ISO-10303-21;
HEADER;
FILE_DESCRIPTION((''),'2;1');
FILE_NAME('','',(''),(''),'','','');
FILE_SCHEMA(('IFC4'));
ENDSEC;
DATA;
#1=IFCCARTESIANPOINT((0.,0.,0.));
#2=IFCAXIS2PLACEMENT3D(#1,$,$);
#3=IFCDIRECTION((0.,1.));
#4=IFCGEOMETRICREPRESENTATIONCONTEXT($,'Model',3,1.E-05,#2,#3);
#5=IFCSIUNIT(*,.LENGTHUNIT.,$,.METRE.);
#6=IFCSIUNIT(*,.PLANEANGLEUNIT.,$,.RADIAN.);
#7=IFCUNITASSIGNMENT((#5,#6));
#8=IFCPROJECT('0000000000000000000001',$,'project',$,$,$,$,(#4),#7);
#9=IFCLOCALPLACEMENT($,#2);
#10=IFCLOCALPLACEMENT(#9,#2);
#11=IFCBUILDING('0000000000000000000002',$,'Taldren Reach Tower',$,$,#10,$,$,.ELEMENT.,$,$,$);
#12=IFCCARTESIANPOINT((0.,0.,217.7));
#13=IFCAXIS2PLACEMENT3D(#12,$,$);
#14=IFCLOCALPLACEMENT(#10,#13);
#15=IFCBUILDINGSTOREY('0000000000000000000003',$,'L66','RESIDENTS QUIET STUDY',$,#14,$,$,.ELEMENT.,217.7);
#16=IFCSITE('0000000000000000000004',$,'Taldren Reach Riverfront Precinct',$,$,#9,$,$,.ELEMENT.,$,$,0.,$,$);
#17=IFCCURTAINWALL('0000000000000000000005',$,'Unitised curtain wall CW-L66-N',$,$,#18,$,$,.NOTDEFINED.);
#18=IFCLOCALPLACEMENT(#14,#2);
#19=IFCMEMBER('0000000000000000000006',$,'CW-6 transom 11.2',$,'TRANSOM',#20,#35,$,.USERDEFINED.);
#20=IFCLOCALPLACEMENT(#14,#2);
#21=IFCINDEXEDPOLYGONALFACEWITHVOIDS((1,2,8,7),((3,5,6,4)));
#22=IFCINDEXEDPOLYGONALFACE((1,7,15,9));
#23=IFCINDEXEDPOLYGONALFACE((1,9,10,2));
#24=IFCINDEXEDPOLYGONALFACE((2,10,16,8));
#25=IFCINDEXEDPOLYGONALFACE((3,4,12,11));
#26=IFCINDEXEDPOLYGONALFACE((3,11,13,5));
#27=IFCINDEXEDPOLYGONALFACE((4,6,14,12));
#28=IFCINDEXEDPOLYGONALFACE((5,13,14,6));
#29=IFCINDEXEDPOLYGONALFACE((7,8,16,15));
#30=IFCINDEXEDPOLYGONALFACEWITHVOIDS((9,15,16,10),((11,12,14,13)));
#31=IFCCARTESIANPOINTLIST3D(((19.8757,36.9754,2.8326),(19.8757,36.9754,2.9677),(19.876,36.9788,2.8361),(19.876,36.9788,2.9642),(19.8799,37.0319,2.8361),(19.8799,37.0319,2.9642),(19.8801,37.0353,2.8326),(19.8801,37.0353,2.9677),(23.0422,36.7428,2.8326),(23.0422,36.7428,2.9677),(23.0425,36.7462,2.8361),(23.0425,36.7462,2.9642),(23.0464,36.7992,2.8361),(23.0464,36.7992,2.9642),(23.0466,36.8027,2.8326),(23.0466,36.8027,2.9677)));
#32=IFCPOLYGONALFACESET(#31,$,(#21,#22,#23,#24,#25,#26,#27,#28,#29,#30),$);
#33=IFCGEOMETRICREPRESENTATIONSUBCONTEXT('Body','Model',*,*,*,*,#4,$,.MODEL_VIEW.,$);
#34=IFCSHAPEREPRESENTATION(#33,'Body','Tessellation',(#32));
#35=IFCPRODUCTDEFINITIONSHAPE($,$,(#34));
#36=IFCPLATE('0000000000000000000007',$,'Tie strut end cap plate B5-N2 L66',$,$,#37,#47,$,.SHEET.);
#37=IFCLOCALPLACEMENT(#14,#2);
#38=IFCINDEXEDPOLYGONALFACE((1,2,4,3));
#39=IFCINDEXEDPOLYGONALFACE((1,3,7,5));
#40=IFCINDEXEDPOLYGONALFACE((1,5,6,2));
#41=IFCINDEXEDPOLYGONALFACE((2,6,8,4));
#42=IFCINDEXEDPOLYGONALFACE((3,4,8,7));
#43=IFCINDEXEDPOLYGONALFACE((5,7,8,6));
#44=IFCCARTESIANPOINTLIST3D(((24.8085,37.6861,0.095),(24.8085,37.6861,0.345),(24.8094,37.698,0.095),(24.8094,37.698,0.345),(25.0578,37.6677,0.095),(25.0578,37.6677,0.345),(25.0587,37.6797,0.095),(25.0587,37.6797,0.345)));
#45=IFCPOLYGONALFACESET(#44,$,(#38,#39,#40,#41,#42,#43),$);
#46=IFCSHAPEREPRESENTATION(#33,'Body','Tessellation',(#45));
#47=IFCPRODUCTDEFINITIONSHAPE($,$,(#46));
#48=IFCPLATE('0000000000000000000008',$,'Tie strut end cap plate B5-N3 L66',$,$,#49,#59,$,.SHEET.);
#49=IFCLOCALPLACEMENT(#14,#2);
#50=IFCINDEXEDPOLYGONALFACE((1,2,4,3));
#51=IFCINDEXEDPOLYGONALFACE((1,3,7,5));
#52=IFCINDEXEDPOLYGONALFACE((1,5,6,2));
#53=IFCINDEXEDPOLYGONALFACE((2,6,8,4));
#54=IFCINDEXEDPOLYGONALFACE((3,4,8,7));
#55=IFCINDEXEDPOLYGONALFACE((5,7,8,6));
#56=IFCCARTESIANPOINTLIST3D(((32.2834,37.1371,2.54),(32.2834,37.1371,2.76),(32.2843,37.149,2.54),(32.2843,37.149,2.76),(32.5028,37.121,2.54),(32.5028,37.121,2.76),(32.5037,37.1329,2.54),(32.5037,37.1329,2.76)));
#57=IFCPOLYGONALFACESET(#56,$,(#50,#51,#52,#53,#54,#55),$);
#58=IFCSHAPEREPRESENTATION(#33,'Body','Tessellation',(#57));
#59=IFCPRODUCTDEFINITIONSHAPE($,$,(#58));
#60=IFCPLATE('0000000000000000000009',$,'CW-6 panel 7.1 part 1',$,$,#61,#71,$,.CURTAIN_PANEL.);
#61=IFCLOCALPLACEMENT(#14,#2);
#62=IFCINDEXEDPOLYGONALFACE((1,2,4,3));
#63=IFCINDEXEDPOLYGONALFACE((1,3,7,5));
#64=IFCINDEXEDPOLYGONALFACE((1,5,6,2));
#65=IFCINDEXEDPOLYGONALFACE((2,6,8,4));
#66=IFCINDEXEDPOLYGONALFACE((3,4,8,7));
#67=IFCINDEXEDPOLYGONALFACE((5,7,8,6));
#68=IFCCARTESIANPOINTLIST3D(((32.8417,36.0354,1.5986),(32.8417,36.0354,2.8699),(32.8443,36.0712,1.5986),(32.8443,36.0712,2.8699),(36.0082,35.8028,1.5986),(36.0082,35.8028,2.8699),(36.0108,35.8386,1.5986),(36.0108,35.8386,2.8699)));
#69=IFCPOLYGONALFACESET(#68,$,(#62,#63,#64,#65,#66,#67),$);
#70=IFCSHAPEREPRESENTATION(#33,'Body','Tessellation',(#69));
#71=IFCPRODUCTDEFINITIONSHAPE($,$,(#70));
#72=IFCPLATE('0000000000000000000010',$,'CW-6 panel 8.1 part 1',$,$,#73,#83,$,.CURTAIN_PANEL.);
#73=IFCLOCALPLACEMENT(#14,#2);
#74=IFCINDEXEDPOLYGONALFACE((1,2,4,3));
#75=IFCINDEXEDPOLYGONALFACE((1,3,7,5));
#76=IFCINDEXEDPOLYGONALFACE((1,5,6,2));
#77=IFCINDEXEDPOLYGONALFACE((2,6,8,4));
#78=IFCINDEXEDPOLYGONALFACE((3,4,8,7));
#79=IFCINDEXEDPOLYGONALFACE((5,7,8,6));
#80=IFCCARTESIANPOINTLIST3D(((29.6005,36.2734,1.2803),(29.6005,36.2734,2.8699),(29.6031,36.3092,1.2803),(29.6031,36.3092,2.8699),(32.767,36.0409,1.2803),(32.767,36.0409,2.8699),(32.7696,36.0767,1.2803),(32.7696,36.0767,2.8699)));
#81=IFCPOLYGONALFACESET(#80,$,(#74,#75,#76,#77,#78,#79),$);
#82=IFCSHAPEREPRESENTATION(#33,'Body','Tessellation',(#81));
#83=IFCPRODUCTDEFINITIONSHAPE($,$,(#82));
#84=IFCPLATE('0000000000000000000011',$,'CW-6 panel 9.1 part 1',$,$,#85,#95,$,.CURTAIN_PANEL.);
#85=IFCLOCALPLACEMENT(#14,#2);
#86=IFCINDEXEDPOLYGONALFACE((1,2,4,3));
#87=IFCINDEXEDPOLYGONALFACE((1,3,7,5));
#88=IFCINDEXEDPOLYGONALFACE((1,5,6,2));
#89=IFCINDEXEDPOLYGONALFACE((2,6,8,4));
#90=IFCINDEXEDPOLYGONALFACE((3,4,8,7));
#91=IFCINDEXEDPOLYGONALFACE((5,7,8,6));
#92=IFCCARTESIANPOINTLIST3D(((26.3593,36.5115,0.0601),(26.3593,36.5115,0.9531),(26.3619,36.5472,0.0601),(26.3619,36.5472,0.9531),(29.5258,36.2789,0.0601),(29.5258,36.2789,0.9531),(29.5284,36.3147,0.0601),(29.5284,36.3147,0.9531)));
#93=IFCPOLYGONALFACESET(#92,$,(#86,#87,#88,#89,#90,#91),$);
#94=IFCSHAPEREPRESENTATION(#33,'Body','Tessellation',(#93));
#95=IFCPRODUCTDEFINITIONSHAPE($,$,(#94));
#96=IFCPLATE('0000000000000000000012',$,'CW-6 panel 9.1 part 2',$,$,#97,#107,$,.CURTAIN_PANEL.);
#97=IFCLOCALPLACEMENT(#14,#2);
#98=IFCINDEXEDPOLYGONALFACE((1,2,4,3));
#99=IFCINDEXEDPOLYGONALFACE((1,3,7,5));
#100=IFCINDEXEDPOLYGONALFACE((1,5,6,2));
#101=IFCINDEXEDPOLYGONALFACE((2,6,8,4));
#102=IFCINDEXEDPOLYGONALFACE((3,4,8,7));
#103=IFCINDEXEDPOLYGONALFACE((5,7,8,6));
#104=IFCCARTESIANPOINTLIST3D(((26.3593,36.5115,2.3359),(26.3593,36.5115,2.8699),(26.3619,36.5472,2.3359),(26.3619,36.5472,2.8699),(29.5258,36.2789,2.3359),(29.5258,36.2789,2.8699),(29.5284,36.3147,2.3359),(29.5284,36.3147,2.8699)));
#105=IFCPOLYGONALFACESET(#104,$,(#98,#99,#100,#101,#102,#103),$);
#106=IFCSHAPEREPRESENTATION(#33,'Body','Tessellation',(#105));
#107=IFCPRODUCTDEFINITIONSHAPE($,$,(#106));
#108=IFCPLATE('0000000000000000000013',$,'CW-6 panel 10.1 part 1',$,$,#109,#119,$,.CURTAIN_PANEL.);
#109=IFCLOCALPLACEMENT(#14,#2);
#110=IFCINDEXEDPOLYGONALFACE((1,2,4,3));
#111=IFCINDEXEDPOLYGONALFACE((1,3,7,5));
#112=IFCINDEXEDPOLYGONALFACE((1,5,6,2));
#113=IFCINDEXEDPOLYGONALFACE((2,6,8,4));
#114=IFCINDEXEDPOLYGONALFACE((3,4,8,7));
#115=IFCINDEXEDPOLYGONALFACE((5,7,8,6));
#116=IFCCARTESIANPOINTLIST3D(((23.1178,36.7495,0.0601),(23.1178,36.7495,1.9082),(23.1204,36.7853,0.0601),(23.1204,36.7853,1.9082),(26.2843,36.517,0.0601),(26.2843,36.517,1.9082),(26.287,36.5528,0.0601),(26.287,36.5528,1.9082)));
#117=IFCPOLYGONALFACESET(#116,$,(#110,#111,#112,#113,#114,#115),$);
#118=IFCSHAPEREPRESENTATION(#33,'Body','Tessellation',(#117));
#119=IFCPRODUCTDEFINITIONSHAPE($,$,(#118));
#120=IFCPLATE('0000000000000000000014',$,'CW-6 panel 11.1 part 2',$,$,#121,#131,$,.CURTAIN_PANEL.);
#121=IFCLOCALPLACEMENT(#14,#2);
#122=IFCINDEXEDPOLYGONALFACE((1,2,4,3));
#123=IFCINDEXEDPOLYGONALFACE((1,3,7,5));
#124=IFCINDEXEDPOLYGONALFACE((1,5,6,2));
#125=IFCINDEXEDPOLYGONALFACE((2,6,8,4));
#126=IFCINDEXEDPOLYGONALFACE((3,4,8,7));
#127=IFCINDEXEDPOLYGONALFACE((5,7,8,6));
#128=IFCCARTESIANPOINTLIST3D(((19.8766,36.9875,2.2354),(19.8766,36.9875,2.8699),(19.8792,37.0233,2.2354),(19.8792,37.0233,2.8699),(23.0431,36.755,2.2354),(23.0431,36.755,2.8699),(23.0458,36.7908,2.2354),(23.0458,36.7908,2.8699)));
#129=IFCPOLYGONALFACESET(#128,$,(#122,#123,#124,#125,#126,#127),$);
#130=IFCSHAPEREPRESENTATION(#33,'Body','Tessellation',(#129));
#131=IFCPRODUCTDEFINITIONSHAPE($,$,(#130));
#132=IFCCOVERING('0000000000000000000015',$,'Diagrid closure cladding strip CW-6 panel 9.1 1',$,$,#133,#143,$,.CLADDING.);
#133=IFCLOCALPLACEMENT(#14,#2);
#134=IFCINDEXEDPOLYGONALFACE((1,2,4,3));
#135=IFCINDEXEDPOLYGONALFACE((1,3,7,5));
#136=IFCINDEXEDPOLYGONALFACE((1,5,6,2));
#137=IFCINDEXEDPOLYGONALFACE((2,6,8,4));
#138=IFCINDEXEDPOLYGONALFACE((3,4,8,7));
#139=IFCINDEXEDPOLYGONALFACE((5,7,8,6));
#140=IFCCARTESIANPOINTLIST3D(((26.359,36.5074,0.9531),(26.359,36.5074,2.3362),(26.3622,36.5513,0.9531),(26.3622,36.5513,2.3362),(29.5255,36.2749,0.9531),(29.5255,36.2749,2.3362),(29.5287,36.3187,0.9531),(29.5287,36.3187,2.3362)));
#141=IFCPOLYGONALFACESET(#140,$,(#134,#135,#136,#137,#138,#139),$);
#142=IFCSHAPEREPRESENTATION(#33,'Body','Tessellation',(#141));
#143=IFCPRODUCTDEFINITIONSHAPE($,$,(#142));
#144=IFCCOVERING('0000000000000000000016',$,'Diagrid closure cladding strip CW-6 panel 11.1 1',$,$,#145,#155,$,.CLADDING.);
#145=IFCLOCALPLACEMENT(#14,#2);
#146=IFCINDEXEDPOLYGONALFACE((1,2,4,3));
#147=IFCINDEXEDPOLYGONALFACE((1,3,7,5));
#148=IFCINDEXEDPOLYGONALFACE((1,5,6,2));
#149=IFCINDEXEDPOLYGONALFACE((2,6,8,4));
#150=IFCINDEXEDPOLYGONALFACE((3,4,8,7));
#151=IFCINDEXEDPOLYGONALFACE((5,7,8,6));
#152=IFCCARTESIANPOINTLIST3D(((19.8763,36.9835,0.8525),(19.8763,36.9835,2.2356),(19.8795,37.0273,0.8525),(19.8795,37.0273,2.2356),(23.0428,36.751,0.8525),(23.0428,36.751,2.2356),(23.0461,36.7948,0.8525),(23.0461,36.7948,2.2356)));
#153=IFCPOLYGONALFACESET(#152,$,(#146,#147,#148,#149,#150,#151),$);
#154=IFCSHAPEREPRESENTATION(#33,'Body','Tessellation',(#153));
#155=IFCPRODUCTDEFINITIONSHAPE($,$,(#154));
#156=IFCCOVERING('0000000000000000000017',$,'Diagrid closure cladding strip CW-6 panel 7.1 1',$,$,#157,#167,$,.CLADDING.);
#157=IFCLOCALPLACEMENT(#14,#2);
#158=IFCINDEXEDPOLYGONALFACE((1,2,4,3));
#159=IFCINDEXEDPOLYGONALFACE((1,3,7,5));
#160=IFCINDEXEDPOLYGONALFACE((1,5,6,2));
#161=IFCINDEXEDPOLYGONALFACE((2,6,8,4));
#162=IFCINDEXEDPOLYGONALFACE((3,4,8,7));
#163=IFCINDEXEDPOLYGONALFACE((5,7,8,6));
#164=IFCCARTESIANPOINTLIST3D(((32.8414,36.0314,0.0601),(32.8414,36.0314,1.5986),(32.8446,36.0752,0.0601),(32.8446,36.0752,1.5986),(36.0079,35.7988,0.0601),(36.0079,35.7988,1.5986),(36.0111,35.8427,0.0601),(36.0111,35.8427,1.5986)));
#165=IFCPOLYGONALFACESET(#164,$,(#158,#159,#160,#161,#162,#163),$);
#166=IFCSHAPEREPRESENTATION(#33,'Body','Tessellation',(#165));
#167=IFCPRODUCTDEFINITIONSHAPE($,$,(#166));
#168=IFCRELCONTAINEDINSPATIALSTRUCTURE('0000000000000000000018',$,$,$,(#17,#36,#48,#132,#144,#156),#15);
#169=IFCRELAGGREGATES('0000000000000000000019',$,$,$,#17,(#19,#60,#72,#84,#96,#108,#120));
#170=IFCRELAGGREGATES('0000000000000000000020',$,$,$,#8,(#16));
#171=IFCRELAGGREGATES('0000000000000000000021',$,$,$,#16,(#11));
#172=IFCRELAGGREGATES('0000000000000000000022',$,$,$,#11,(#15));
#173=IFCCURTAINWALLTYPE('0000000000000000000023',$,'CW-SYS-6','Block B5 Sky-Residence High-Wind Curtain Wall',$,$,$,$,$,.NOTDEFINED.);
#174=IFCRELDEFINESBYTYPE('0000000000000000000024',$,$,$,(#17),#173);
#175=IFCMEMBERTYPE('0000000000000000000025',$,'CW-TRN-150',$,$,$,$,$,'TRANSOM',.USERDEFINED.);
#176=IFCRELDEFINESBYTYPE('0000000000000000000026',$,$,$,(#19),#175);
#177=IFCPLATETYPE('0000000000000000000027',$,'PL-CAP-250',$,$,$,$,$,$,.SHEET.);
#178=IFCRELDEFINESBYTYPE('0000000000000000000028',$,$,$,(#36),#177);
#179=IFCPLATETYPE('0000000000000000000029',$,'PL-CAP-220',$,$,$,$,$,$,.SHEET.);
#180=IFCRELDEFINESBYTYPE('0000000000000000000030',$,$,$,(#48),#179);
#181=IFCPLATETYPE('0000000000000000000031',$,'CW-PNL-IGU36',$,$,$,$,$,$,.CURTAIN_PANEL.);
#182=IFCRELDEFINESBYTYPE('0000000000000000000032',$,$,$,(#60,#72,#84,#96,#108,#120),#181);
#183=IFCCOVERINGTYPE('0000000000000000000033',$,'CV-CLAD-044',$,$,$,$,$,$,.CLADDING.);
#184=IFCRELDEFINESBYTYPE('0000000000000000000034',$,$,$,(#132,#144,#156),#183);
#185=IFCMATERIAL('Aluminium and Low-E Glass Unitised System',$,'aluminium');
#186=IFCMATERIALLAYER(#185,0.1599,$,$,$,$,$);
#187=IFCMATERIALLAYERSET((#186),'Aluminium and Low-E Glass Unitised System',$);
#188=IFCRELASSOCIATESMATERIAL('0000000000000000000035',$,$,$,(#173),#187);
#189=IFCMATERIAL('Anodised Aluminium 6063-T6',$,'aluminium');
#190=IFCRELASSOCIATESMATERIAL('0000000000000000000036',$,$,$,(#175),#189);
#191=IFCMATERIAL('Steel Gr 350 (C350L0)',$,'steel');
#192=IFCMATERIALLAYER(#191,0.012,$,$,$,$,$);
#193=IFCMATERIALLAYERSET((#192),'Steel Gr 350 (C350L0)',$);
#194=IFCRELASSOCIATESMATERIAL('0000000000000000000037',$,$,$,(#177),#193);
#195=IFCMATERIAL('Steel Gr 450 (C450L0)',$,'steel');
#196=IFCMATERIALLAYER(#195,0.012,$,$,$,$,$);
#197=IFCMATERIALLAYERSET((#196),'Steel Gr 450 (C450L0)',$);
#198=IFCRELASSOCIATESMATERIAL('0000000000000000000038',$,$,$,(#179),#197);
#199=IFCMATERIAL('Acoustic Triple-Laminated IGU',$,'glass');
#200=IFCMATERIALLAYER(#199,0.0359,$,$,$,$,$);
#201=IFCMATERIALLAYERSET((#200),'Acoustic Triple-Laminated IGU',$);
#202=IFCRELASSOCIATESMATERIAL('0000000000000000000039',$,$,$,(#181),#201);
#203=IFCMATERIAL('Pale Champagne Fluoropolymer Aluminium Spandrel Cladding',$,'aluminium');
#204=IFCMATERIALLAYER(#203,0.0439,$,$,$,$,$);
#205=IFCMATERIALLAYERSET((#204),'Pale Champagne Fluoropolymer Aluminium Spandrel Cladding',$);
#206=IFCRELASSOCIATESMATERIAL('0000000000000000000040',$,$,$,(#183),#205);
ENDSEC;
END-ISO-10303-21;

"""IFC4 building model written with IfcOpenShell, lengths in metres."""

from ifc_helpers import new_model, si_unit, direction, frame, origin, origin_2d, place, context, subcontext, project, spatial, rectangle, hollow_rectangle, extrude, source, transform, mapped, material, layer, layer_set, material_profile, profile_set, type_object, element, aggregate, save


model = new_model("IFC4")

# Units and contexts
model_context = context("Model", 3, precision=1e-05, world=origin(), true_north=direction((0.0, 1.0)))
body_context = subcontext(model_context, "Body", "Model", "MODEL_VIEW")
ifc_project = project(units=[si_unit("LENGTHUNIT", "METRE"), si_unit("PLANEANGLEUNIT", "RADIAN")], contexts=[model_context])

# Site, building, storey
site_placement = place(None, origin())
site = spatial("IfcSite", under=ifc_project, at=site_placement, Name="Taldren Reach Riverfront Precinct", CompositionType="ELEMENT", RefElevation=0.0)
building_placement = place(site_placement, origin())
building = spatial("IfcBuilding", under=site, at=building_placement, Name="Taldren Reach Tower", CompositionType="ELEMENT")
storey_placement = place(building_placement, frame((0.0, 0.0, 217.7)))
storey = spatial("IfcBuildingStorey", under=building, at=storey_placement, Name="L66", Description="RESIDENTS QUIET STUDY", CompositionType="ELEMENT", Elevation=217.7)

# Shared definitions
ifc_material_1 = material(Name="Steel Gr 350 (C350L0)", Category="steel")
ifc_material_2 = material(Name="Steel Gr 450 (C450L0)", Category="steel")

# Curtain wall, member
ifc_material_3 = material(Name="Aluminium and Low-E Glass Unitised System", Category="aluminium")
ifc_layer_1 = layer(ifc_material_3, 0.1599)
ifc_layer_set_1 = layer_set([ifc_layer_1], Name="Aluminium and Low-E Glass Unitised System")
curtain_wall_type = type_object("IfcCurtainWallType", Name="CW-SYS-6", Description="Block B5 Sky-Residence High-Wind Curtain Wall", PredefinedType="NOTDEFINED", material=ifc_layer_set_1)
curtain_wall_placement = place(storey_placement, origin())
curtain_wall = element("IfcCurtainWall", 1, at=curtain_wall_placement, inside=storey, type_object=curtain_wall_type, Name="Unitised curtain wall CW-L66-N", PredefinedType="NOTDEFINED")
ifc_material_4 = material(Name="Anodised Aluminium 6063-T6", Category="aluminium")
ifc_material_profile_1 = material_profile(ifc_material_4, hollow_rectangle(XDim=0.0601, YDim=0.135, WallThickness=0.0034, at=origin_2d()), Name="ALU-135x60x3.5RHS")
ifc_profile_set_1 = profile_set([ifc_material_profile_1], Name="Anodised Aluminium 6063-T6")
member_type_1 = type_object("IfcMemberType", Name="CW-TRN-150", ElementType="TRANSOM", PredefinedType="USERDEFINED", material=ifc_profile_set_1)
shared_shape_1 = source(origin(), body_context, "Body", "SweptSolid", [
    extrude(hollow_rectangle(XDim=0.0601, YDim=0.135, WallThickness=0.0034, at=origin_2d()), origin(), (0.0, 0.0, 1.0), 3.175),
])
member_1_placement = place(storey_placement, frame((23.0444, 36.7727, 2.9001), z_axis=(-0.997311, 0.07328, 0.0), x_axis=(-0.07328, -0.997311, 0.0)))
member_1 = element("IfcMember", 2, at=member_1_placement, type_object=member_type_1, Name="CW-6 transom 11.2", ObjectType="TRANSOM", PredefinedType="USERDEFINED", context=body_context, shape_type="MappedRepresentation", body=[
    mapped(shared_shape_1, transform((0.0, 0.0, 0.0), scale=1.0)),
])

# Plates
ifc_layer_2 = layer(ifc_material_1, 0.012)
ifc_layer_set_2 = layer_set([ifc_layer_2], Name="Steel Gr 350 (C350L0)")
plate_type_1 = type_object("IfcPlateType", Name="PL-CAP-250", PredefinedType="SHEET", material=ifc_layer_set_2)
shared_shape_2 = source(origin(), body_context, "Body", "SweptSolid", [
    extrude(rectangle(XDim=0.25, YDim=0.012, at=origin_2d()), origin(), (0.0, 0.0, 1.0), 0.25),
])
plate_1_placement = place(storey_placement, frame((24.9336, 37.6829, 0.095), z_axis=(0.0, 0.0, 1.0), x_axis=(0.997314, -0.073238, 0.0)))
element("IfcPlate", 3, at=plate_1_placement, inside=storey, type_object=plate_type_1, Name="Tie strut end cap plate B5-N2 L66", PredefinedType="SHEET", context=body_context, shape_type="MappedRepresentation", body=[
    mapped(shared_shape_2, transform((0.0, 0.0, 0.0), scale=1.0)),
])
ifc_layer_3 = layer(ifc_material_2, 0.012)
ifc_layer_set_3 = layer_set([ifc_layer_3], Name="Steel Gr 450 (C450L0)")
plate_type_2 = type_object("IfcPlateType", Name="PL-CAP-220", PredefinedType="SHEET", material=ifc_layer_set_3)
shared_shape_3 = source(origin(), body_context, "Body", "SweptSolid", [
    extrude(rectangle(XDim=0.22, YDim=0.012, at=origin_2d()), origin(), (0.0, 0.0, 1.0), 0.22),
])
plate_2_placement = place(storey_placement, frame((32.3936, 37.135, 2.54), z_axis=(0.0, 0.0, 1.0), x_axis=(0.997314, -0.073238, 0.0)))
element("IfcPlate", 4, at=plate_2_placement, inside=storey, type_object=plate_type_2, Name="Tie strut end cap plate B5-N3 L66", PredefinedType="SHEET", context=body_context, shape_type="MappedRepresentation", body=[
    mapped(shared_shape_3, transform((0.0, 0.0, 0.0), scale=1.0)),
])

# Plates
ifc_material_5 = material(Name="Acoustic Triple-Laminated IGU", Category="glass")
ifc_layer_4 = layer(ifc_material_5, 0.0359)
ifc_layer_set_4 = layer_set([ifc_layer_4], Name="Acoustic Triple-Laminated IGU")
plate_type_3 = type_object("IfcPlateType", Name="CW-PNL-IGU36", PredefinedType="CURTAIN_PANEL", material=ifc_layer_set_4)
shared_shape_4 = source(origin(), body_context, "Body", "SweptSolid", [
    extrude(rectangle(XDim=3.175, YDim=0.0359, at=origin_2d()), origin(), (0.0, 0.0, 1.0), 1.2712),
])
plate_3_placement = place(storey_placement, frame((34.4263, 35.937, 1.5986), z_axis=(0.0, 0.0, 1.0), x_axis=(-0.997314, 0.073238, 0.0)))
plate_3 = element("IfcPlate", 5, at=plate_3_placement, type_object=plate_type_3, Name="CW-6 panel 7.1 part 1", PredefinedType="CURTAIN_PANEL", context=body_context, shape_type="MappedRepresentation", body=[
    mapped(shared_shape_4, transform((0.0, 0.0, 0.0), scale=1.0)),
])
shared_shape_5 = source(origin(), body_context, "Body", "SweptSolid", [
    extrude(rectangle(XDim=3.175, YDim=0.0359, at=origin_2d()), origin(), (0.0, 0.0, 1.0), 1.5896),
])
plate_4_placement = place(storey_placement, frame((31.1851, 36.175, 1.2803), z_axis=(0.0, 0.0, 1.0), x_axis=(-0.997314, 0.073238, 0.0)))
plate_4 = element("IfcPlate", 6, at=plate_4_placement, type_object=plate_type_3, Name="CW-6 panel 8.1 part 1", PredefinedType="CURTAIN_PANEL", context=body_context, shape_type="MappedRepresentation", body=[
    mapped(shared_shape_5, transform((0.0, 0.0, 0.0), scale=1.0)),
])
shared_shape_6 = source(origin(), body_context, "Body", "SweptSolid", [
    extrude(rectangle(XDim=3.175, YDim=0.0359, at=origin_2d()), origin(), (0.0, 0.0, 1.0), 0.8931),
])
plate_5_placement = place(storey_placement, frame((27.9438, 36.4131, 0.0601), z_axis=(0.0, 0.0, 1.0), x_axis=(-0.997314, 0.073238, 0.0)))
plate_5 = element("IfcPlate", 7, at=plate_5_placement, type_object=plate_type_3, Name="CW-6 panel 9.1 part 1", PredefinedType="CURTAIN_PANEL", context=body_context, shape_type="MappedRepresentation", body=[
    mapped(shared_shape_6, transform((0.0, 0.0, 0.0), scale=1.0)),
])
shared_shape_7 = source(origin(), body_context, "Body", "SweptSolid", [
    extrude(rectangle(XDim=3.175, YDim=0.0359, at=origin_2d()), origin(), (0.0, 0.0, 1.0), 0.5339),
])
plate_6_placement = place(storey_placement, frame((27.9438, 36.4131, 2.3359), z_axis=(0.0, 0.0, 1.0), x_axis=(-0.997314, 0.073238, 0.0)))
plate_6 = element("IfcPlate", 8, at=plate_6_placement, type_object=plate_type_3, Name="CW-6 panel 9.1 part 2", PredefinedType="CURTAIN_PANEL", context=body_context, shape_type="MappedRepresentation", body=[
    mapped(shared_shape_7, transform((0.0, 0.0, 0.0), scale=1.0)),
])
shared_shape_8 = source(origin(), body_context, "Body", "SweptSolid", [
    extrude(rectangle(XDim=3.175, YDim=0.0359, at=origin_2d()), origin(), (0.0, 0.0, 1.0), 1.8481),
])
plate_7_placement = place(storey_placement, frame((24.7024, 36.6511, 0.0601), z_axis=(0.0, 0.0, 1.0), x_axis=(-0.997314, 0.073238, 0.0)))
plate_7 = element("IfcPlate", 9, at=plate_7_placement, type_object=plate_type_3, Name="CW-6 panel 10.1 part 1", PredefinedType="CURTAIN_PANEL", context=body_context, shape_type="MappedRepresentation", body=[
    mapped(shared_shape_8, transform((0.0, 0.0, 0.0), scale=1.0)),
])
shared_shape_9 = source(origin(), body_context, "Body", "SweptSolid", [
    extrude(rectangle(XDim=3.175, YDim=0.0359, at=origin_2d()), origin(), (0.0, 0.0, 1.0), 0.6345),
])
plate_8_placement = place(storey_placement, frame((21.4612, 36.8892, 2.2354), z_axis=(0.0, 0.0, 1.0), x_axis=(-0.997314, 0.073238, 0.0)))
plate_8 = element("IfcPlate", 10, at=plate_8_placement, type_object=plate_type_3, Name="CW-6 panel 11.1 part 2", PredefinedType="CURTAIN_PANEL", context=body_context, shape_type="MappedRepresentation", body=[
    mapped(shared_shape_9, transform((0.0, 0.0, 0.0), scale=1.0)),
])
aggregate(curtain_wall, [member_1, plate_3, plate_4, plate_5, plate_6, plate_7, plate_8])

# Coverings
ifc_material_6 = material(Name="Pale Champagne Fluoropolymer Aluminium Spandrel Cladding", Category="aluminium")
ifc_layer_5 = layer(ifc_material_6, 0.0439)
ifc_layer_set_5 = layer_set([ifc_layer_5], Name="Pale Champagne Fluoropolymer Aluminium Spandrel Cladding")
covering_type = type_object("IfcCoveringType", Name="CV-CLAD-044", PredefinedType="CLADDING", material=ifc_layer_set_5)
shared_shape_10 = source(origin(), body_context, "Body", "SweptSolid", [
    extrude(rectangle(XDim=3.175, YDim=0.0439, at=origin_2d()), origin(), (0.0, 0.0, 1.0), 1.3831),
])
for number, where, z_axis, x_axis, name in (
    (11, (27.9438, 36.4131, 0.9531), (0.0, 0.0, 1.0), (-0.997314, 0.073238, 0.0), "Diagrid closure cladding strip CW-6 panel 9.1 1"),
    (12, (21.4612, 36.8892, 0.8525), (0.0, 0.0, 1.0), (-0.997314, 0.073238, 0.0), "Diagrid closure cladding strip CW-6 panel 11.1 1"),
):
    element("IfcCovering", number, at=place(storey_placement, frame(where, z_axis=z_axis, x_axis=x_axis)), inside=storey, type_object=covering_type, Name=name, PredefinedType="CLADDING", context=body_context, shape_type="MappedRepresentation", body=[
        mapped(shared_shape_10, transform((0.0, 0.0, 0.0), scale=1.0)),
    ])
shared_shape_11 = source(origin(), body_context, "Body", "SweptSolid", [
    extrude(rectangle(XDim=3.175, YDim=0.0439, at=origin_2d()), origin(), (0.0, 0.0, 1.0), 1.5386),
])
covering_1_placement = place(storey_placement, frame((34.4263, 35.937, 0.0601), z_axis=(0.0, 0.0, 1.0), x_axis=(-0.997314, 0.073238, 0.0)))
element("IfcCovering", 13, at=covering_1_placement, inside=storey, type_object=covering_type, Name="Diagrid closure cladding strip CW-6 panel 7.1 1", PredefinedType="CLADDING", context=body_context, shape_type="MappedRepresentation", body=[
    mapped(shared_shape_11, transform((0.0, 0.0, 0.0), scale=1.0)),
])

save(model, "model.ifc")
